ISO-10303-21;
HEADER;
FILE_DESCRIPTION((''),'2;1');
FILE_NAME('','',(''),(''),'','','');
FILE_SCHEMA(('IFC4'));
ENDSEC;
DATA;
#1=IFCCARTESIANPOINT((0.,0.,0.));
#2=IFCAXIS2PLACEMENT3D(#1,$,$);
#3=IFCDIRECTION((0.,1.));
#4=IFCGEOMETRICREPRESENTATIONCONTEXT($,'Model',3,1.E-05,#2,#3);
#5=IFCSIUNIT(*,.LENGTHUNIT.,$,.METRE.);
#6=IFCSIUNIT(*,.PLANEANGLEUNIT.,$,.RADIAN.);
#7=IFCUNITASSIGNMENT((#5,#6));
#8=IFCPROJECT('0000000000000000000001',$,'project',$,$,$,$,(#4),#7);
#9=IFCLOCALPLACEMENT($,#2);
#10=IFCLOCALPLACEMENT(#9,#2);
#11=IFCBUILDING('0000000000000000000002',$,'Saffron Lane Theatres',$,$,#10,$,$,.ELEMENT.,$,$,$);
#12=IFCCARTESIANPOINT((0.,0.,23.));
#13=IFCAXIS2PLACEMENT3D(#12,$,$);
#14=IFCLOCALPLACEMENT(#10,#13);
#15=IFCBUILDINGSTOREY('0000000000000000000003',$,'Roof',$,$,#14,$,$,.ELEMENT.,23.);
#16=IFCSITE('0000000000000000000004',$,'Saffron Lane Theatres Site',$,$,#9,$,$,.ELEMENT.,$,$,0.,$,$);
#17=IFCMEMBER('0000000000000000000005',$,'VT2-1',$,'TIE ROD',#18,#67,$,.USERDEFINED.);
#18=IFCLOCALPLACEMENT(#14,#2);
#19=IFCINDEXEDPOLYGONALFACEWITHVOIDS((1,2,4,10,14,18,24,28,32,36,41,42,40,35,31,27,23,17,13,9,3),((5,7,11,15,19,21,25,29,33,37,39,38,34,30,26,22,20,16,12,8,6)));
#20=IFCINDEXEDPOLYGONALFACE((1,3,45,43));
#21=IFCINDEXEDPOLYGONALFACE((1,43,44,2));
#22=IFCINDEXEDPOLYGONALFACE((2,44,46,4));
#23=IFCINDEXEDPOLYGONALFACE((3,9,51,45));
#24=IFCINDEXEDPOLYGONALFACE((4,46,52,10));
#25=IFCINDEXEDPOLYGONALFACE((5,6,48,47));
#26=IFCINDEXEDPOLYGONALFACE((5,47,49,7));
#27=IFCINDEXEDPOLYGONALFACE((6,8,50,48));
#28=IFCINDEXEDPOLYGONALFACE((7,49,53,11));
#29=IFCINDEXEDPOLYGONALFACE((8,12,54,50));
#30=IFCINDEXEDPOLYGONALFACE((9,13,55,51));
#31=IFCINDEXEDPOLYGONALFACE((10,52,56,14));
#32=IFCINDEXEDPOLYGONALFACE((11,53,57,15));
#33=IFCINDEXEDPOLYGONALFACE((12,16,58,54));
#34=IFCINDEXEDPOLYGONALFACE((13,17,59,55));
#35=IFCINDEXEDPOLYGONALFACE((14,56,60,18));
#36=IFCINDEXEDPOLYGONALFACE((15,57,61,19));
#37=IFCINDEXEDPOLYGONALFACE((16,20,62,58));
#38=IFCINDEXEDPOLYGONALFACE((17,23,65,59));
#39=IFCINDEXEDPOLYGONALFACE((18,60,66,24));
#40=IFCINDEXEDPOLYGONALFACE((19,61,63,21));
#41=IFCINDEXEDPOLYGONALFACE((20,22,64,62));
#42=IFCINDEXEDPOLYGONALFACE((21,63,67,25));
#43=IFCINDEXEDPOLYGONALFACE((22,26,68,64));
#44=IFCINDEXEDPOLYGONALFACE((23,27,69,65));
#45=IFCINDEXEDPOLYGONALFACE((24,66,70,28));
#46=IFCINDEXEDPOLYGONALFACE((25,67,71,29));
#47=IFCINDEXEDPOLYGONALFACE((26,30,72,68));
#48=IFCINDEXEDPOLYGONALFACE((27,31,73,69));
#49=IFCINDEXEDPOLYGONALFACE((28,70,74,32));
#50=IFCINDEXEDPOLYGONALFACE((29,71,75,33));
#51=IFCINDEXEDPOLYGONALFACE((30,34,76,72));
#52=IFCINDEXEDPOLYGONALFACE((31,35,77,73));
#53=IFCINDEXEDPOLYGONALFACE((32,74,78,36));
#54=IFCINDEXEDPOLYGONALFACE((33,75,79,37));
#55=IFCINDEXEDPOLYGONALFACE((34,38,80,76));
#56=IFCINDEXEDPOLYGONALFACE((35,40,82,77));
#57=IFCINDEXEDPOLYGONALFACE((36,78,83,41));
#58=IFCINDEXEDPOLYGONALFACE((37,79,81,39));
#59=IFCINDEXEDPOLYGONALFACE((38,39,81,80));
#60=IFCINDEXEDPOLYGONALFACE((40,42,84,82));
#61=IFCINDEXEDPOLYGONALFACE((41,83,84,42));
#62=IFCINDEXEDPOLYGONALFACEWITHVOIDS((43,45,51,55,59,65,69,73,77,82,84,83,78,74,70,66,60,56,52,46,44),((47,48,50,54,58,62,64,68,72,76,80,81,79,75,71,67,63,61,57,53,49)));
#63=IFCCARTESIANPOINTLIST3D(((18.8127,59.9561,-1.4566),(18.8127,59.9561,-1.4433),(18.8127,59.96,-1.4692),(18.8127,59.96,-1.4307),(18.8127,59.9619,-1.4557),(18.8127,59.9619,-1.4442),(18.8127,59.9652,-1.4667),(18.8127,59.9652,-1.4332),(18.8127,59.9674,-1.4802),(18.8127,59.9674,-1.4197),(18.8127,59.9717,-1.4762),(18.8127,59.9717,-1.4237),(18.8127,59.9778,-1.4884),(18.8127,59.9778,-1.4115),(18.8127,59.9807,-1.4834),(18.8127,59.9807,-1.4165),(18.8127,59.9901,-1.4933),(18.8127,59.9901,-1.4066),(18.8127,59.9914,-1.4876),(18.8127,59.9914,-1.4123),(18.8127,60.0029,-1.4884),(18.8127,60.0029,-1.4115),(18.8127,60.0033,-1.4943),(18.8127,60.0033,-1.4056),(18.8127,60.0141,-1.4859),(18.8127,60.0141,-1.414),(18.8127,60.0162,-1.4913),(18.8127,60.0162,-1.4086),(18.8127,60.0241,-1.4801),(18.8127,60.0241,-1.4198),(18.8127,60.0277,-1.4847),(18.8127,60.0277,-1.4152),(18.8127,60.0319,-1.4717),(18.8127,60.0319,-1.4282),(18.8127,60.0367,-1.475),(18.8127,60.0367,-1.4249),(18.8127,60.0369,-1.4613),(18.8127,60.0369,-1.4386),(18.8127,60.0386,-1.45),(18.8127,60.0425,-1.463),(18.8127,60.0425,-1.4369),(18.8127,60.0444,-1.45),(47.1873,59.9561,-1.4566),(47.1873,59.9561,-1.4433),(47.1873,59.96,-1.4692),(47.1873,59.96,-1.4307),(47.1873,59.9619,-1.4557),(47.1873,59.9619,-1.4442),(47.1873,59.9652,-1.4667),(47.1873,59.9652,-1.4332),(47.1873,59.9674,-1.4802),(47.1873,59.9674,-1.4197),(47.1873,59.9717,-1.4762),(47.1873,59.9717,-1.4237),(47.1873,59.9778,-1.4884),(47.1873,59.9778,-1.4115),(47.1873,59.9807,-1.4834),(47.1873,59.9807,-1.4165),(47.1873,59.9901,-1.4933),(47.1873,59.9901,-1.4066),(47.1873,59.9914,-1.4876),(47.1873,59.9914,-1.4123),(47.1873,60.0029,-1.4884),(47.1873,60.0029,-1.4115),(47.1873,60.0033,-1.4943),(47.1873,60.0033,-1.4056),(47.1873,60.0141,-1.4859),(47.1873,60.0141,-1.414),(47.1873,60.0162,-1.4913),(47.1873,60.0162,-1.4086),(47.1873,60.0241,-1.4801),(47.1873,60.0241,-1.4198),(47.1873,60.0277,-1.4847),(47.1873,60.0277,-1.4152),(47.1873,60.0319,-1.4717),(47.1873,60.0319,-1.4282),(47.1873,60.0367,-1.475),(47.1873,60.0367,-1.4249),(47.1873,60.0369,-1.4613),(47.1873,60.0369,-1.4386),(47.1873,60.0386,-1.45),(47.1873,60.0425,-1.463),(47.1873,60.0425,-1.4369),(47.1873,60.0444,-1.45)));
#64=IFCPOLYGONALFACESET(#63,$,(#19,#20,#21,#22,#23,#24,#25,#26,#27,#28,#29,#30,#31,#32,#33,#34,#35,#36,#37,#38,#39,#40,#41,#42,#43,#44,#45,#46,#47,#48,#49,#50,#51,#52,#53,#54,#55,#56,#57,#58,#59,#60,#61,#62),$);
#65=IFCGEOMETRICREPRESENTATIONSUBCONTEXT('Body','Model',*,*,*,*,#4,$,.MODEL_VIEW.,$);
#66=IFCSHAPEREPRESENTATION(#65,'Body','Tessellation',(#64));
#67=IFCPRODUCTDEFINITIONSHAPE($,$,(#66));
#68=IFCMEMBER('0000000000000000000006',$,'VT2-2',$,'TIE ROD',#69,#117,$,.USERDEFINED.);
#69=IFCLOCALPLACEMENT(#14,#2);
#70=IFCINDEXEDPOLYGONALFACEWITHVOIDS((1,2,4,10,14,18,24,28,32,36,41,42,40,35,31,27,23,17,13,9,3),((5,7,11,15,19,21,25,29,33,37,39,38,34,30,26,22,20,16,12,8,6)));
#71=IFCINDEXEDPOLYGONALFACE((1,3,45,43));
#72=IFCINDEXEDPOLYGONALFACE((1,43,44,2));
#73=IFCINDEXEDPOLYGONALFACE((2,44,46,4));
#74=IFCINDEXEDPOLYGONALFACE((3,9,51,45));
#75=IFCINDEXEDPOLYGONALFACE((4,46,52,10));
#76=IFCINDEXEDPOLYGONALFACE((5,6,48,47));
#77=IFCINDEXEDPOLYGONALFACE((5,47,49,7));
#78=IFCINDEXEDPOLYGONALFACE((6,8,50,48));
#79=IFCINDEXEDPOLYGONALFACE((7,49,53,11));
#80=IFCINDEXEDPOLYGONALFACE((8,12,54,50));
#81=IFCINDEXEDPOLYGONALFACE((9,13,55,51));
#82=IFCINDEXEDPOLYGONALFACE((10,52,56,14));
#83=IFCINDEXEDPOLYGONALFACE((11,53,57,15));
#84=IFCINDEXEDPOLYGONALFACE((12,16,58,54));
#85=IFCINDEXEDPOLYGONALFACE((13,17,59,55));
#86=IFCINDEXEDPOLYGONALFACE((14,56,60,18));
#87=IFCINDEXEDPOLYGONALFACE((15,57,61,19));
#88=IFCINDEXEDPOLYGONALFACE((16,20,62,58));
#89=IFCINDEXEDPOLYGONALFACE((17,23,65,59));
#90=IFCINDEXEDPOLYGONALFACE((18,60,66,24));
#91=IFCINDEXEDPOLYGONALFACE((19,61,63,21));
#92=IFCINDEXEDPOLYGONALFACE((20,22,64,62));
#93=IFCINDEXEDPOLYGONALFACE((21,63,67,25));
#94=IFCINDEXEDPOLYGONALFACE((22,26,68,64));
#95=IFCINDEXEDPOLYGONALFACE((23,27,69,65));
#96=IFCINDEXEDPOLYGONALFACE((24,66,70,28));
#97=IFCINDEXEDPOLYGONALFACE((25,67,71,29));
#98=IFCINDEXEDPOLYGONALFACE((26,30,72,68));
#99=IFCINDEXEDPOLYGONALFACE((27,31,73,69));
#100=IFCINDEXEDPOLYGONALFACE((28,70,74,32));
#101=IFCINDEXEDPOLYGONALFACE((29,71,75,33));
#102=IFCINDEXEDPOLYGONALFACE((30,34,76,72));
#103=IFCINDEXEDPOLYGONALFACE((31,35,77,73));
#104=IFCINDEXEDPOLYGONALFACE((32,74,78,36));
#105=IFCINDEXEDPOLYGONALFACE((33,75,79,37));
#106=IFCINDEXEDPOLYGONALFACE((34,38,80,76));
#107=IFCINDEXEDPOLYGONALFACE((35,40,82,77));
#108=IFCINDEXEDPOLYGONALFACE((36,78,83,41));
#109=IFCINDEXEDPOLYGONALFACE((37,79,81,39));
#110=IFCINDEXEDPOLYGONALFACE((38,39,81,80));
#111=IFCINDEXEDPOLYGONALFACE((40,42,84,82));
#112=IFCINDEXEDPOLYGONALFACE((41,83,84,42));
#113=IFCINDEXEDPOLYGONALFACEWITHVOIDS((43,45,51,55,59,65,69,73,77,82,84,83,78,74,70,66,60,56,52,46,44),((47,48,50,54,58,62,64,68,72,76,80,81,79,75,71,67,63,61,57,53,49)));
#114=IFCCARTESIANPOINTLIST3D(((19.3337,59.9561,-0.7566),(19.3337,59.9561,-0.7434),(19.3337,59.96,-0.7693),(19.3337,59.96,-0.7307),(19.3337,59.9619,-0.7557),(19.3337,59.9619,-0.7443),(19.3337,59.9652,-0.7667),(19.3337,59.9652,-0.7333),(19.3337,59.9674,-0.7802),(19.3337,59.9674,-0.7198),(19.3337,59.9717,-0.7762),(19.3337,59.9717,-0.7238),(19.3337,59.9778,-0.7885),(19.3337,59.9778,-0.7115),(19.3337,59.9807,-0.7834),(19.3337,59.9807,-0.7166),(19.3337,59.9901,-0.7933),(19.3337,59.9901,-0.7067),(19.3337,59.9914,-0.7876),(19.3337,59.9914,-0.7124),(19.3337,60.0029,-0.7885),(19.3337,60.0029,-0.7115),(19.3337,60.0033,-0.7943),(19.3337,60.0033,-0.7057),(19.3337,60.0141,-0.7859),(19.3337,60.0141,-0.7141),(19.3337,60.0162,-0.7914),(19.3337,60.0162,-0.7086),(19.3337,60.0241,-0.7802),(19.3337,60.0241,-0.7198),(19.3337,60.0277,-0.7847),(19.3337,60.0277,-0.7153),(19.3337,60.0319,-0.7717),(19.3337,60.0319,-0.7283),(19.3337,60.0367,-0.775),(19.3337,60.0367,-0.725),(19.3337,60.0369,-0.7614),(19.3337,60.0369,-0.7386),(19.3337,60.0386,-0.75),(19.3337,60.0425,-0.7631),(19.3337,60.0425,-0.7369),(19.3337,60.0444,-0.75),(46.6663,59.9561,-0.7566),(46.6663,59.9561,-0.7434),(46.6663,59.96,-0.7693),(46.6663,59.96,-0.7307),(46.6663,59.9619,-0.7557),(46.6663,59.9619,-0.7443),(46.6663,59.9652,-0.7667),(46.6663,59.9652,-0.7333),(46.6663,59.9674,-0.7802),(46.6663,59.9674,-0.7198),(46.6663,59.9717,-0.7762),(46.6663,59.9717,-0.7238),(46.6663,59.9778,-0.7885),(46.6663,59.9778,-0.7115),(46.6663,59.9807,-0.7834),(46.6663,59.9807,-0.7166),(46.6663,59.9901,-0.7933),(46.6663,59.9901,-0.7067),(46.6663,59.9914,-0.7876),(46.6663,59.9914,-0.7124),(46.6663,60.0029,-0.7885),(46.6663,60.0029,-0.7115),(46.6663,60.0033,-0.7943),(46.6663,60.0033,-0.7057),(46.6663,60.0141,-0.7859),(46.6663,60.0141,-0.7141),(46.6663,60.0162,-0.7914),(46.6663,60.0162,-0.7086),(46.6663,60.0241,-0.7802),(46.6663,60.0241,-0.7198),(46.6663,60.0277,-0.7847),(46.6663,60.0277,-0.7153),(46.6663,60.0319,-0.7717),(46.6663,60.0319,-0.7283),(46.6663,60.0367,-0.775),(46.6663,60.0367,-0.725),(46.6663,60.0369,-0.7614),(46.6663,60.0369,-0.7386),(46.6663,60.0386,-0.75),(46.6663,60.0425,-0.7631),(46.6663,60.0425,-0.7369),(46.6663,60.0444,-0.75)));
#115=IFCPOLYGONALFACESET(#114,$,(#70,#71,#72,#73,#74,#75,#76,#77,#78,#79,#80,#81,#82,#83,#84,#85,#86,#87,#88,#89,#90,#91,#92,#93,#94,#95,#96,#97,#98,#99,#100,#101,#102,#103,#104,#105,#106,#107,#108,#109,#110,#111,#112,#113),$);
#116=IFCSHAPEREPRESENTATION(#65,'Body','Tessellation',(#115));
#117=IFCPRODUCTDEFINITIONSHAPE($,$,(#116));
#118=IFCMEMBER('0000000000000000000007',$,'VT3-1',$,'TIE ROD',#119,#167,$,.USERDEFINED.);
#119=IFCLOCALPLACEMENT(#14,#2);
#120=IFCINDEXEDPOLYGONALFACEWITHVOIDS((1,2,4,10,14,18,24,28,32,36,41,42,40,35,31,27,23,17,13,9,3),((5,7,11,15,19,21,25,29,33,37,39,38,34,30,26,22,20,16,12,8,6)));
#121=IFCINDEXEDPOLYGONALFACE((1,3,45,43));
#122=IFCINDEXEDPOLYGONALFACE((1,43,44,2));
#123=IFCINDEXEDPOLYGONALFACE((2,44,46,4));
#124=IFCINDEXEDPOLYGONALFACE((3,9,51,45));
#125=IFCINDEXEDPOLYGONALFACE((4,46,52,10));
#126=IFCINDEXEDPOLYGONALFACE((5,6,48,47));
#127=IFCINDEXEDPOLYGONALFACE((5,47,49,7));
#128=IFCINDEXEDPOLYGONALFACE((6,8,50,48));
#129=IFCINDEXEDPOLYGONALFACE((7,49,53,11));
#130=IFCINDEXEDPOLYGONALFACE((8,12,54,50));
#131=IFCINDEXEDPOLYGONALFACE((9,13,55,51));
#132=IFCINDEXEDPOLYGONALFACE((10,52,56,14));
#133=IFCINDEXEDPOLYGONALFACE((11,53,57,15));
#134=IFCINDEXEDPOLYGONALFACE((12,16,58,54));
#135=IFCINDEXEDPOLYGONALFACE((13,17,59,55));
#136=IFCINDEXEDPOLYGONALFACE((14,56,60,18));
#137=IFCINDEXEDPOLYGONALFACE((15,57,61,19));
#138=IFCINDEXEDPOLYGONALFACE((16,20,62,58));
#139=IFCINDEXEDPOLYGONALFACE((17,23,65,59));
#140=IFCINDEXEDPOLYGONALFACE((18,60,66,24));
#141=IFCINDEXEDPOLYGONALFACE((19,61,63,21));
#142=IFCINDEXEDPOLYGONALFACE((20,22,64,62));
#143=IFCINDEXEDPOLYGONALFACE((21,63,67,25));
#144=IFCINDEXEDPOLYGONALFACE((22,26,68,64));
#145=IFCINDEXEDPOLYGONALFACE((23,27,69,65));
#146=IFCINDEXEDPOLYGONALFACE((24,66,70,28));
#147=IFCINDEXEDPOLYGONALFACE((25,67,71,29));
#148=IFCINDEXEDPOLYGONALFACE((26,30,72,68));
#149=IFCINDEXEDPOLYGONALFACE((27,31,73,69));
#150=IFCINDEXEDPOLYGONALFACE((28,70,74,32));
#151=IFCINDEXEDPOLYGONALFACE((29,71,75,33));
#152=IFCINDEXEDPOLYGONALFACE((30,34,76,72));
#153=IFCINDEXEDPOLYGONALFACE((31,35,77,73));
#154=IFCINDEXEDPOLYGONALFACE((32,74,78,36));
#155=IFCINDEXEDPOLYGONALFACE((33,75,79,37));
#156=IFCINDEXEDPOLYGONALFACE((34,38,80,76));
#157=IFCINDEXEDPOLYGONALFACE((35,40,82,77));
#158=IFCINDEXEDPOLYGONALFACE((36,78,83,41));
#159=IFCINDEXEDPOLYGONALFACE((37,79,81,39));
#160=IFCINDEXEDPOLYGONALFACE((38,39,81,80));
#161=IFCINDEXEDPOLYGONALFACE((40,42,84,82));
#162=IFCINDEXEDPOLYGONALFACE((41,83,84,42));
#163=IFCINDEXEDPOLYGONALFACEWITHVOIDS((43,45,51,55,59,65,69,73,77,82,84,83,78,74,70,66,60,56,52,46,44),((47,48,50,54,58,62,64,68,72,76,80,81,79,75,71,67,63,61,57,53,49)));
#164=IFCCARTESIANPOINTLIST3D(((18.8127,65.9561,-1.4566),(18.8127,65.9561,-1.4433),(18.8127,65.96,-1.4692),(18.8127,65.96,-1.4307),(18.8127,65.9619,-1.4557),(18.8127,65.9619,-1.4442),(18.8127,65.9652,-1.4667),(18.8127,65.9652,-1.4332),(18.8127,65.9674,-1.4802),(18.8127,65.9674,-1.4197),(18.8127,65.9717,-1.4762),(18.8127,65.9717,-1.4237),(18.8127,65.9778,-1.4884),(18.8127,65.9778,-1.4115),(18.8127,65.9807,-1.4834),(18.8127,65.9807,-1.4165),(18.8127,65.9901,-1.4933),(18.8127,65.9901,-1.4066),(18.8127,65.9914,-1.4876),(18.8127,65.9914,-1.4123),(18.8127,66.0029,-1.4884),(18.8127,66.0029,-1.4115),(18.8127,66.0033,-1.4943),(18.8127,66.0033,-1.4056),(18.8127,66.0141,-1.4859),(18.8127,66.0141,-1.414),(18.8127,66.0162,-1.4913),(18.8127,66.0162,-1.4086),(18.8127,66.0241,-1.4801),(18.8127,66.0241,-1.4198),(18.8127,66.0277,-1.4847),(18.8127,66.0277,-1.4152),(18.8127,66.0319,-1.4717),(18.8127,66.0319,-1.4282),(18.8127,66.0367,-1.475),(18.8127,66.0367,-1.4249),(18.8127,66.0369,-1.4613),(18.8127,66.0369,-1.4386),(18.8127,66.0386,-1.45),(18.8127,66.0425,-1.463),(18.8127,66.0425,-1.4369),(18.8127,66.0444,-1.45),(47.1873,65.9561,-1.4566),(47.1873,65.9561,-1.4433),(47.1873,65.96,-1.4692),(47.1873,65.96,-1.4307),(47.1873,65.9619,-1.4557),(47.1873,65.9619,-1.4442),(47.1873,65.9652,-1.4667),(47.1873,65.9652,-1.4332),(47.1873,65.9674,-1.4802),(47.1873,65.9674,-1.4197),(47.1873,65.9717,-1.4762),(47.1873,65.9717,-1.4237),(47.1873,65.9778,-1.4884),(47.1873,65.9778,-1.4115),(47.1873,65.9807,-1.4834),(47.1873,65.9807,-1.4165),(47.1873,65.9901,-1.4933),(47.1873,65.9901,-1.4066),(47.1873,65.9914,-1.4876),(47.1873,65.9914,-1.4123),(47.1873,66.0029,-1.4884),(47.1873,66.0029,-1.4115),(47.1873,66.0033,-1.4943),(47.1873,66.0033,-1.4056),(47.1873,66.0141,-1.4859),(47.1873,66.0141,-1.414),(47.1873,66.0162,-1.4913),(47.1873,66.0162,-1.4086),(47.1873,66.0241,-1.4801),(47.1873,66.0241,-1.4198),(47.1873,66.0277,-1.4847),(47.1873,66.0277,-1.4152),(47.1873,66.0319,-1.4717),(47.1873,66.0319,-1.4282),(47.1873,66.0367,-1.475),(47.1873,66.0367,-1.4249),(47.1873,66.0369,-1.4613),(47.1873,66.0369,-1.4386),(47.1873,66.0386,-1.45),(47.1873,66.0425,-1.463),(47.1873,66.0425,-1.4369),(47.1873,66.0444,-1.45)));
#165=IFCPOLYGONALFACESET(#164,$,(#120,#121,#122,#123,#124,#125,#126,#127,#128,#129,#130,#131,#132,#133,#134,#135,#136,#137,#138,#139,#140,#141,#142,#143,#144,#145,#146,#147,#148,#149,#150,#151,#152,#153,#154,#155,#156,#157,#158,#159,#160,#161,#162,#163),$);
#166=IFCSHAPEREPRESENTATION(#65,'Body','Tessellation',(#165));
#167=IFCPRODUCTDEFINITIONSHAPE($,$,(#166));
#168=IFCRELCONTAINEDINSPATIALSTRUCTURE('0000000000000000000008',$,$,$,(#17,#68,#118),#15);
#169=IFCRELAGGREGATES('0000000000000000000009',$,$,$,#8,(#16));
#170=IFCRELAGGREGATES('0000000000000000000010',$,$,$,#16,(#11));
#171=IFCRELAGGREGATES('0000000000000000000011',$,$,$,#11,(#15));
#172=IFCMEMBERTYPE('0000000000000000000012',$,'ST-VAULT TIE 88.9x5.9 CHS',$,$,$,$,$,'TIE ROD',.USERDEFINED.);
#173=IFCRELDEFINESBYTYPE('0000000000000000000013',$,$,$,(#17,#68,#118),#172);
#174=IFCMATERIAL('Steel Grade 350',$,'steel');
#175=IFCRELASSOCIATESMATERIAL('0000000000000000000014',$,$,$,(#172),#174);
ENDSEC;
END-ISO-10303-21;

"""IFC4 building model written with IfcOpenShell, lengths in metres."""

from ifc_helpers import new_model, si_unit, direction, frame, origin, origin_2d, place, context, subcontext, project, spatial, hollow_circle, extrude, material, material_profile, profile_set, type_object, element, save


model = new_model("IFC4")

# Units and contexts
model_context = context("Model", 3, precision=1e-05, world=origin(), true_north=direction((0.0, 1.0)))
body_context = subcontext(model_context, "Body", "Model", "MODEL_VIEW")
ifc_project = project(units=[si_unit("LENGTHUNIT", "METRE"), si_unit("PLANEANGLEUNIT", "RADIAN")], contexts=[model_context])

# Site, building, storey
site_placement = place(None, origin())
site = spatial("IfcSite", under=ifc_project, at=site_placement, Name="Saffron Lane Theatres Site", CompositionType="ELEMENT", RefElevation=0.0)
building_placement = place(site_placement, origin())
building = spatial("IfcBuilding", under=site, at=building_placement, Name="Saffron Lane Theatres", CompositionType="ELEMENT")
storey_placement = place(building_placement, frame((0.0, 0.0, 23.0)))
storey = spatial("IfcBuildingStorey", under=building, at=storey_placement, Name="Roof", CompositionType="ELEMENT", Elevation=23.0)

# Members
ifc_material_1 = material(Name="Steel Grade 350", Category="steel")
ifc_material_profile_1 = material_profile(ifc_material_1, hollow_circle(Radius=0.0444, WallThickness=0.0059, at=origin_2d()))
ifc_profile_set_1 = profile_set([ifc_material_profile_1], Name="Steel Grade 350")
member_type_1 = type_object("IfcMemberType", Name="ST-VAULT TIE 88.9x5.9 CHS", ElementType="TIE ROD", PredefinedType="USERDEFINED", material=ifc_profile_set_1)
member_1_placement = place(storey_placement, frame((18.8127, 60.0, -1.45), z_axis=(1.0, 0.0, 0.0), x_axis=(0.0, 1.0, 0.0)))
element("IfcMember", 1, at=member_1_placement, inside=storey, type_object=member_type_1, Name="VT2-1", ObjectType="TIE ROD", PredefinedType="USERDEFINED", context=body_context, shape_type="SweptSolid", body=[
    extrude(hollow_circle(Radius=0.0444, WallThickness=0.0059, at=origin_2d()), origin(), (0.0, 0.0, 1.0), 28.3745),
])
member_2_placement = place(storey_placement, frame((19.3337, 60.0, -0.75), z_axis=(1.0, 0.0, 0.0), x_axis=(0.0, 1.0, 0.0)))
element("IfcMember", 2, at=member_2_placement, inside=storey, type_object=member_type_1, Name="VT2-2", ObjectType="TIE ROD", PredefinedType="USERDEFINED", context=body_context, shape_type="SweptSolid", body=[
    extrude(hollow_circle(Radius=0.0444, WallThickness=0.0059, at=origin_2d()), origin(), (0.0, 0.0, 1.0), 27.3325),
])
member_3_placement = place(storey_placement, frame((18.8127, 66.0, -1.45), z_axis=(1.0, 0.0, 0.0), x_axis=(0.0, 1.0, 0.0)))
element("IfcMember", 3, at=member_3_placement, inside=storey, type_object=member_type_1, Name="VT3-1", ObjectType="TIE ROD", PredefinedType="USERDEFINED", context=body_context, shape_type="SweptSolid", body=[
    extrude(hollow_circle(Radius=0.0444, WallThickness=0.0059, at=origin_2d()), origin(), (0.0, 0.0, 1.0), 28.3745),
])

save(model, "model.ifc")
